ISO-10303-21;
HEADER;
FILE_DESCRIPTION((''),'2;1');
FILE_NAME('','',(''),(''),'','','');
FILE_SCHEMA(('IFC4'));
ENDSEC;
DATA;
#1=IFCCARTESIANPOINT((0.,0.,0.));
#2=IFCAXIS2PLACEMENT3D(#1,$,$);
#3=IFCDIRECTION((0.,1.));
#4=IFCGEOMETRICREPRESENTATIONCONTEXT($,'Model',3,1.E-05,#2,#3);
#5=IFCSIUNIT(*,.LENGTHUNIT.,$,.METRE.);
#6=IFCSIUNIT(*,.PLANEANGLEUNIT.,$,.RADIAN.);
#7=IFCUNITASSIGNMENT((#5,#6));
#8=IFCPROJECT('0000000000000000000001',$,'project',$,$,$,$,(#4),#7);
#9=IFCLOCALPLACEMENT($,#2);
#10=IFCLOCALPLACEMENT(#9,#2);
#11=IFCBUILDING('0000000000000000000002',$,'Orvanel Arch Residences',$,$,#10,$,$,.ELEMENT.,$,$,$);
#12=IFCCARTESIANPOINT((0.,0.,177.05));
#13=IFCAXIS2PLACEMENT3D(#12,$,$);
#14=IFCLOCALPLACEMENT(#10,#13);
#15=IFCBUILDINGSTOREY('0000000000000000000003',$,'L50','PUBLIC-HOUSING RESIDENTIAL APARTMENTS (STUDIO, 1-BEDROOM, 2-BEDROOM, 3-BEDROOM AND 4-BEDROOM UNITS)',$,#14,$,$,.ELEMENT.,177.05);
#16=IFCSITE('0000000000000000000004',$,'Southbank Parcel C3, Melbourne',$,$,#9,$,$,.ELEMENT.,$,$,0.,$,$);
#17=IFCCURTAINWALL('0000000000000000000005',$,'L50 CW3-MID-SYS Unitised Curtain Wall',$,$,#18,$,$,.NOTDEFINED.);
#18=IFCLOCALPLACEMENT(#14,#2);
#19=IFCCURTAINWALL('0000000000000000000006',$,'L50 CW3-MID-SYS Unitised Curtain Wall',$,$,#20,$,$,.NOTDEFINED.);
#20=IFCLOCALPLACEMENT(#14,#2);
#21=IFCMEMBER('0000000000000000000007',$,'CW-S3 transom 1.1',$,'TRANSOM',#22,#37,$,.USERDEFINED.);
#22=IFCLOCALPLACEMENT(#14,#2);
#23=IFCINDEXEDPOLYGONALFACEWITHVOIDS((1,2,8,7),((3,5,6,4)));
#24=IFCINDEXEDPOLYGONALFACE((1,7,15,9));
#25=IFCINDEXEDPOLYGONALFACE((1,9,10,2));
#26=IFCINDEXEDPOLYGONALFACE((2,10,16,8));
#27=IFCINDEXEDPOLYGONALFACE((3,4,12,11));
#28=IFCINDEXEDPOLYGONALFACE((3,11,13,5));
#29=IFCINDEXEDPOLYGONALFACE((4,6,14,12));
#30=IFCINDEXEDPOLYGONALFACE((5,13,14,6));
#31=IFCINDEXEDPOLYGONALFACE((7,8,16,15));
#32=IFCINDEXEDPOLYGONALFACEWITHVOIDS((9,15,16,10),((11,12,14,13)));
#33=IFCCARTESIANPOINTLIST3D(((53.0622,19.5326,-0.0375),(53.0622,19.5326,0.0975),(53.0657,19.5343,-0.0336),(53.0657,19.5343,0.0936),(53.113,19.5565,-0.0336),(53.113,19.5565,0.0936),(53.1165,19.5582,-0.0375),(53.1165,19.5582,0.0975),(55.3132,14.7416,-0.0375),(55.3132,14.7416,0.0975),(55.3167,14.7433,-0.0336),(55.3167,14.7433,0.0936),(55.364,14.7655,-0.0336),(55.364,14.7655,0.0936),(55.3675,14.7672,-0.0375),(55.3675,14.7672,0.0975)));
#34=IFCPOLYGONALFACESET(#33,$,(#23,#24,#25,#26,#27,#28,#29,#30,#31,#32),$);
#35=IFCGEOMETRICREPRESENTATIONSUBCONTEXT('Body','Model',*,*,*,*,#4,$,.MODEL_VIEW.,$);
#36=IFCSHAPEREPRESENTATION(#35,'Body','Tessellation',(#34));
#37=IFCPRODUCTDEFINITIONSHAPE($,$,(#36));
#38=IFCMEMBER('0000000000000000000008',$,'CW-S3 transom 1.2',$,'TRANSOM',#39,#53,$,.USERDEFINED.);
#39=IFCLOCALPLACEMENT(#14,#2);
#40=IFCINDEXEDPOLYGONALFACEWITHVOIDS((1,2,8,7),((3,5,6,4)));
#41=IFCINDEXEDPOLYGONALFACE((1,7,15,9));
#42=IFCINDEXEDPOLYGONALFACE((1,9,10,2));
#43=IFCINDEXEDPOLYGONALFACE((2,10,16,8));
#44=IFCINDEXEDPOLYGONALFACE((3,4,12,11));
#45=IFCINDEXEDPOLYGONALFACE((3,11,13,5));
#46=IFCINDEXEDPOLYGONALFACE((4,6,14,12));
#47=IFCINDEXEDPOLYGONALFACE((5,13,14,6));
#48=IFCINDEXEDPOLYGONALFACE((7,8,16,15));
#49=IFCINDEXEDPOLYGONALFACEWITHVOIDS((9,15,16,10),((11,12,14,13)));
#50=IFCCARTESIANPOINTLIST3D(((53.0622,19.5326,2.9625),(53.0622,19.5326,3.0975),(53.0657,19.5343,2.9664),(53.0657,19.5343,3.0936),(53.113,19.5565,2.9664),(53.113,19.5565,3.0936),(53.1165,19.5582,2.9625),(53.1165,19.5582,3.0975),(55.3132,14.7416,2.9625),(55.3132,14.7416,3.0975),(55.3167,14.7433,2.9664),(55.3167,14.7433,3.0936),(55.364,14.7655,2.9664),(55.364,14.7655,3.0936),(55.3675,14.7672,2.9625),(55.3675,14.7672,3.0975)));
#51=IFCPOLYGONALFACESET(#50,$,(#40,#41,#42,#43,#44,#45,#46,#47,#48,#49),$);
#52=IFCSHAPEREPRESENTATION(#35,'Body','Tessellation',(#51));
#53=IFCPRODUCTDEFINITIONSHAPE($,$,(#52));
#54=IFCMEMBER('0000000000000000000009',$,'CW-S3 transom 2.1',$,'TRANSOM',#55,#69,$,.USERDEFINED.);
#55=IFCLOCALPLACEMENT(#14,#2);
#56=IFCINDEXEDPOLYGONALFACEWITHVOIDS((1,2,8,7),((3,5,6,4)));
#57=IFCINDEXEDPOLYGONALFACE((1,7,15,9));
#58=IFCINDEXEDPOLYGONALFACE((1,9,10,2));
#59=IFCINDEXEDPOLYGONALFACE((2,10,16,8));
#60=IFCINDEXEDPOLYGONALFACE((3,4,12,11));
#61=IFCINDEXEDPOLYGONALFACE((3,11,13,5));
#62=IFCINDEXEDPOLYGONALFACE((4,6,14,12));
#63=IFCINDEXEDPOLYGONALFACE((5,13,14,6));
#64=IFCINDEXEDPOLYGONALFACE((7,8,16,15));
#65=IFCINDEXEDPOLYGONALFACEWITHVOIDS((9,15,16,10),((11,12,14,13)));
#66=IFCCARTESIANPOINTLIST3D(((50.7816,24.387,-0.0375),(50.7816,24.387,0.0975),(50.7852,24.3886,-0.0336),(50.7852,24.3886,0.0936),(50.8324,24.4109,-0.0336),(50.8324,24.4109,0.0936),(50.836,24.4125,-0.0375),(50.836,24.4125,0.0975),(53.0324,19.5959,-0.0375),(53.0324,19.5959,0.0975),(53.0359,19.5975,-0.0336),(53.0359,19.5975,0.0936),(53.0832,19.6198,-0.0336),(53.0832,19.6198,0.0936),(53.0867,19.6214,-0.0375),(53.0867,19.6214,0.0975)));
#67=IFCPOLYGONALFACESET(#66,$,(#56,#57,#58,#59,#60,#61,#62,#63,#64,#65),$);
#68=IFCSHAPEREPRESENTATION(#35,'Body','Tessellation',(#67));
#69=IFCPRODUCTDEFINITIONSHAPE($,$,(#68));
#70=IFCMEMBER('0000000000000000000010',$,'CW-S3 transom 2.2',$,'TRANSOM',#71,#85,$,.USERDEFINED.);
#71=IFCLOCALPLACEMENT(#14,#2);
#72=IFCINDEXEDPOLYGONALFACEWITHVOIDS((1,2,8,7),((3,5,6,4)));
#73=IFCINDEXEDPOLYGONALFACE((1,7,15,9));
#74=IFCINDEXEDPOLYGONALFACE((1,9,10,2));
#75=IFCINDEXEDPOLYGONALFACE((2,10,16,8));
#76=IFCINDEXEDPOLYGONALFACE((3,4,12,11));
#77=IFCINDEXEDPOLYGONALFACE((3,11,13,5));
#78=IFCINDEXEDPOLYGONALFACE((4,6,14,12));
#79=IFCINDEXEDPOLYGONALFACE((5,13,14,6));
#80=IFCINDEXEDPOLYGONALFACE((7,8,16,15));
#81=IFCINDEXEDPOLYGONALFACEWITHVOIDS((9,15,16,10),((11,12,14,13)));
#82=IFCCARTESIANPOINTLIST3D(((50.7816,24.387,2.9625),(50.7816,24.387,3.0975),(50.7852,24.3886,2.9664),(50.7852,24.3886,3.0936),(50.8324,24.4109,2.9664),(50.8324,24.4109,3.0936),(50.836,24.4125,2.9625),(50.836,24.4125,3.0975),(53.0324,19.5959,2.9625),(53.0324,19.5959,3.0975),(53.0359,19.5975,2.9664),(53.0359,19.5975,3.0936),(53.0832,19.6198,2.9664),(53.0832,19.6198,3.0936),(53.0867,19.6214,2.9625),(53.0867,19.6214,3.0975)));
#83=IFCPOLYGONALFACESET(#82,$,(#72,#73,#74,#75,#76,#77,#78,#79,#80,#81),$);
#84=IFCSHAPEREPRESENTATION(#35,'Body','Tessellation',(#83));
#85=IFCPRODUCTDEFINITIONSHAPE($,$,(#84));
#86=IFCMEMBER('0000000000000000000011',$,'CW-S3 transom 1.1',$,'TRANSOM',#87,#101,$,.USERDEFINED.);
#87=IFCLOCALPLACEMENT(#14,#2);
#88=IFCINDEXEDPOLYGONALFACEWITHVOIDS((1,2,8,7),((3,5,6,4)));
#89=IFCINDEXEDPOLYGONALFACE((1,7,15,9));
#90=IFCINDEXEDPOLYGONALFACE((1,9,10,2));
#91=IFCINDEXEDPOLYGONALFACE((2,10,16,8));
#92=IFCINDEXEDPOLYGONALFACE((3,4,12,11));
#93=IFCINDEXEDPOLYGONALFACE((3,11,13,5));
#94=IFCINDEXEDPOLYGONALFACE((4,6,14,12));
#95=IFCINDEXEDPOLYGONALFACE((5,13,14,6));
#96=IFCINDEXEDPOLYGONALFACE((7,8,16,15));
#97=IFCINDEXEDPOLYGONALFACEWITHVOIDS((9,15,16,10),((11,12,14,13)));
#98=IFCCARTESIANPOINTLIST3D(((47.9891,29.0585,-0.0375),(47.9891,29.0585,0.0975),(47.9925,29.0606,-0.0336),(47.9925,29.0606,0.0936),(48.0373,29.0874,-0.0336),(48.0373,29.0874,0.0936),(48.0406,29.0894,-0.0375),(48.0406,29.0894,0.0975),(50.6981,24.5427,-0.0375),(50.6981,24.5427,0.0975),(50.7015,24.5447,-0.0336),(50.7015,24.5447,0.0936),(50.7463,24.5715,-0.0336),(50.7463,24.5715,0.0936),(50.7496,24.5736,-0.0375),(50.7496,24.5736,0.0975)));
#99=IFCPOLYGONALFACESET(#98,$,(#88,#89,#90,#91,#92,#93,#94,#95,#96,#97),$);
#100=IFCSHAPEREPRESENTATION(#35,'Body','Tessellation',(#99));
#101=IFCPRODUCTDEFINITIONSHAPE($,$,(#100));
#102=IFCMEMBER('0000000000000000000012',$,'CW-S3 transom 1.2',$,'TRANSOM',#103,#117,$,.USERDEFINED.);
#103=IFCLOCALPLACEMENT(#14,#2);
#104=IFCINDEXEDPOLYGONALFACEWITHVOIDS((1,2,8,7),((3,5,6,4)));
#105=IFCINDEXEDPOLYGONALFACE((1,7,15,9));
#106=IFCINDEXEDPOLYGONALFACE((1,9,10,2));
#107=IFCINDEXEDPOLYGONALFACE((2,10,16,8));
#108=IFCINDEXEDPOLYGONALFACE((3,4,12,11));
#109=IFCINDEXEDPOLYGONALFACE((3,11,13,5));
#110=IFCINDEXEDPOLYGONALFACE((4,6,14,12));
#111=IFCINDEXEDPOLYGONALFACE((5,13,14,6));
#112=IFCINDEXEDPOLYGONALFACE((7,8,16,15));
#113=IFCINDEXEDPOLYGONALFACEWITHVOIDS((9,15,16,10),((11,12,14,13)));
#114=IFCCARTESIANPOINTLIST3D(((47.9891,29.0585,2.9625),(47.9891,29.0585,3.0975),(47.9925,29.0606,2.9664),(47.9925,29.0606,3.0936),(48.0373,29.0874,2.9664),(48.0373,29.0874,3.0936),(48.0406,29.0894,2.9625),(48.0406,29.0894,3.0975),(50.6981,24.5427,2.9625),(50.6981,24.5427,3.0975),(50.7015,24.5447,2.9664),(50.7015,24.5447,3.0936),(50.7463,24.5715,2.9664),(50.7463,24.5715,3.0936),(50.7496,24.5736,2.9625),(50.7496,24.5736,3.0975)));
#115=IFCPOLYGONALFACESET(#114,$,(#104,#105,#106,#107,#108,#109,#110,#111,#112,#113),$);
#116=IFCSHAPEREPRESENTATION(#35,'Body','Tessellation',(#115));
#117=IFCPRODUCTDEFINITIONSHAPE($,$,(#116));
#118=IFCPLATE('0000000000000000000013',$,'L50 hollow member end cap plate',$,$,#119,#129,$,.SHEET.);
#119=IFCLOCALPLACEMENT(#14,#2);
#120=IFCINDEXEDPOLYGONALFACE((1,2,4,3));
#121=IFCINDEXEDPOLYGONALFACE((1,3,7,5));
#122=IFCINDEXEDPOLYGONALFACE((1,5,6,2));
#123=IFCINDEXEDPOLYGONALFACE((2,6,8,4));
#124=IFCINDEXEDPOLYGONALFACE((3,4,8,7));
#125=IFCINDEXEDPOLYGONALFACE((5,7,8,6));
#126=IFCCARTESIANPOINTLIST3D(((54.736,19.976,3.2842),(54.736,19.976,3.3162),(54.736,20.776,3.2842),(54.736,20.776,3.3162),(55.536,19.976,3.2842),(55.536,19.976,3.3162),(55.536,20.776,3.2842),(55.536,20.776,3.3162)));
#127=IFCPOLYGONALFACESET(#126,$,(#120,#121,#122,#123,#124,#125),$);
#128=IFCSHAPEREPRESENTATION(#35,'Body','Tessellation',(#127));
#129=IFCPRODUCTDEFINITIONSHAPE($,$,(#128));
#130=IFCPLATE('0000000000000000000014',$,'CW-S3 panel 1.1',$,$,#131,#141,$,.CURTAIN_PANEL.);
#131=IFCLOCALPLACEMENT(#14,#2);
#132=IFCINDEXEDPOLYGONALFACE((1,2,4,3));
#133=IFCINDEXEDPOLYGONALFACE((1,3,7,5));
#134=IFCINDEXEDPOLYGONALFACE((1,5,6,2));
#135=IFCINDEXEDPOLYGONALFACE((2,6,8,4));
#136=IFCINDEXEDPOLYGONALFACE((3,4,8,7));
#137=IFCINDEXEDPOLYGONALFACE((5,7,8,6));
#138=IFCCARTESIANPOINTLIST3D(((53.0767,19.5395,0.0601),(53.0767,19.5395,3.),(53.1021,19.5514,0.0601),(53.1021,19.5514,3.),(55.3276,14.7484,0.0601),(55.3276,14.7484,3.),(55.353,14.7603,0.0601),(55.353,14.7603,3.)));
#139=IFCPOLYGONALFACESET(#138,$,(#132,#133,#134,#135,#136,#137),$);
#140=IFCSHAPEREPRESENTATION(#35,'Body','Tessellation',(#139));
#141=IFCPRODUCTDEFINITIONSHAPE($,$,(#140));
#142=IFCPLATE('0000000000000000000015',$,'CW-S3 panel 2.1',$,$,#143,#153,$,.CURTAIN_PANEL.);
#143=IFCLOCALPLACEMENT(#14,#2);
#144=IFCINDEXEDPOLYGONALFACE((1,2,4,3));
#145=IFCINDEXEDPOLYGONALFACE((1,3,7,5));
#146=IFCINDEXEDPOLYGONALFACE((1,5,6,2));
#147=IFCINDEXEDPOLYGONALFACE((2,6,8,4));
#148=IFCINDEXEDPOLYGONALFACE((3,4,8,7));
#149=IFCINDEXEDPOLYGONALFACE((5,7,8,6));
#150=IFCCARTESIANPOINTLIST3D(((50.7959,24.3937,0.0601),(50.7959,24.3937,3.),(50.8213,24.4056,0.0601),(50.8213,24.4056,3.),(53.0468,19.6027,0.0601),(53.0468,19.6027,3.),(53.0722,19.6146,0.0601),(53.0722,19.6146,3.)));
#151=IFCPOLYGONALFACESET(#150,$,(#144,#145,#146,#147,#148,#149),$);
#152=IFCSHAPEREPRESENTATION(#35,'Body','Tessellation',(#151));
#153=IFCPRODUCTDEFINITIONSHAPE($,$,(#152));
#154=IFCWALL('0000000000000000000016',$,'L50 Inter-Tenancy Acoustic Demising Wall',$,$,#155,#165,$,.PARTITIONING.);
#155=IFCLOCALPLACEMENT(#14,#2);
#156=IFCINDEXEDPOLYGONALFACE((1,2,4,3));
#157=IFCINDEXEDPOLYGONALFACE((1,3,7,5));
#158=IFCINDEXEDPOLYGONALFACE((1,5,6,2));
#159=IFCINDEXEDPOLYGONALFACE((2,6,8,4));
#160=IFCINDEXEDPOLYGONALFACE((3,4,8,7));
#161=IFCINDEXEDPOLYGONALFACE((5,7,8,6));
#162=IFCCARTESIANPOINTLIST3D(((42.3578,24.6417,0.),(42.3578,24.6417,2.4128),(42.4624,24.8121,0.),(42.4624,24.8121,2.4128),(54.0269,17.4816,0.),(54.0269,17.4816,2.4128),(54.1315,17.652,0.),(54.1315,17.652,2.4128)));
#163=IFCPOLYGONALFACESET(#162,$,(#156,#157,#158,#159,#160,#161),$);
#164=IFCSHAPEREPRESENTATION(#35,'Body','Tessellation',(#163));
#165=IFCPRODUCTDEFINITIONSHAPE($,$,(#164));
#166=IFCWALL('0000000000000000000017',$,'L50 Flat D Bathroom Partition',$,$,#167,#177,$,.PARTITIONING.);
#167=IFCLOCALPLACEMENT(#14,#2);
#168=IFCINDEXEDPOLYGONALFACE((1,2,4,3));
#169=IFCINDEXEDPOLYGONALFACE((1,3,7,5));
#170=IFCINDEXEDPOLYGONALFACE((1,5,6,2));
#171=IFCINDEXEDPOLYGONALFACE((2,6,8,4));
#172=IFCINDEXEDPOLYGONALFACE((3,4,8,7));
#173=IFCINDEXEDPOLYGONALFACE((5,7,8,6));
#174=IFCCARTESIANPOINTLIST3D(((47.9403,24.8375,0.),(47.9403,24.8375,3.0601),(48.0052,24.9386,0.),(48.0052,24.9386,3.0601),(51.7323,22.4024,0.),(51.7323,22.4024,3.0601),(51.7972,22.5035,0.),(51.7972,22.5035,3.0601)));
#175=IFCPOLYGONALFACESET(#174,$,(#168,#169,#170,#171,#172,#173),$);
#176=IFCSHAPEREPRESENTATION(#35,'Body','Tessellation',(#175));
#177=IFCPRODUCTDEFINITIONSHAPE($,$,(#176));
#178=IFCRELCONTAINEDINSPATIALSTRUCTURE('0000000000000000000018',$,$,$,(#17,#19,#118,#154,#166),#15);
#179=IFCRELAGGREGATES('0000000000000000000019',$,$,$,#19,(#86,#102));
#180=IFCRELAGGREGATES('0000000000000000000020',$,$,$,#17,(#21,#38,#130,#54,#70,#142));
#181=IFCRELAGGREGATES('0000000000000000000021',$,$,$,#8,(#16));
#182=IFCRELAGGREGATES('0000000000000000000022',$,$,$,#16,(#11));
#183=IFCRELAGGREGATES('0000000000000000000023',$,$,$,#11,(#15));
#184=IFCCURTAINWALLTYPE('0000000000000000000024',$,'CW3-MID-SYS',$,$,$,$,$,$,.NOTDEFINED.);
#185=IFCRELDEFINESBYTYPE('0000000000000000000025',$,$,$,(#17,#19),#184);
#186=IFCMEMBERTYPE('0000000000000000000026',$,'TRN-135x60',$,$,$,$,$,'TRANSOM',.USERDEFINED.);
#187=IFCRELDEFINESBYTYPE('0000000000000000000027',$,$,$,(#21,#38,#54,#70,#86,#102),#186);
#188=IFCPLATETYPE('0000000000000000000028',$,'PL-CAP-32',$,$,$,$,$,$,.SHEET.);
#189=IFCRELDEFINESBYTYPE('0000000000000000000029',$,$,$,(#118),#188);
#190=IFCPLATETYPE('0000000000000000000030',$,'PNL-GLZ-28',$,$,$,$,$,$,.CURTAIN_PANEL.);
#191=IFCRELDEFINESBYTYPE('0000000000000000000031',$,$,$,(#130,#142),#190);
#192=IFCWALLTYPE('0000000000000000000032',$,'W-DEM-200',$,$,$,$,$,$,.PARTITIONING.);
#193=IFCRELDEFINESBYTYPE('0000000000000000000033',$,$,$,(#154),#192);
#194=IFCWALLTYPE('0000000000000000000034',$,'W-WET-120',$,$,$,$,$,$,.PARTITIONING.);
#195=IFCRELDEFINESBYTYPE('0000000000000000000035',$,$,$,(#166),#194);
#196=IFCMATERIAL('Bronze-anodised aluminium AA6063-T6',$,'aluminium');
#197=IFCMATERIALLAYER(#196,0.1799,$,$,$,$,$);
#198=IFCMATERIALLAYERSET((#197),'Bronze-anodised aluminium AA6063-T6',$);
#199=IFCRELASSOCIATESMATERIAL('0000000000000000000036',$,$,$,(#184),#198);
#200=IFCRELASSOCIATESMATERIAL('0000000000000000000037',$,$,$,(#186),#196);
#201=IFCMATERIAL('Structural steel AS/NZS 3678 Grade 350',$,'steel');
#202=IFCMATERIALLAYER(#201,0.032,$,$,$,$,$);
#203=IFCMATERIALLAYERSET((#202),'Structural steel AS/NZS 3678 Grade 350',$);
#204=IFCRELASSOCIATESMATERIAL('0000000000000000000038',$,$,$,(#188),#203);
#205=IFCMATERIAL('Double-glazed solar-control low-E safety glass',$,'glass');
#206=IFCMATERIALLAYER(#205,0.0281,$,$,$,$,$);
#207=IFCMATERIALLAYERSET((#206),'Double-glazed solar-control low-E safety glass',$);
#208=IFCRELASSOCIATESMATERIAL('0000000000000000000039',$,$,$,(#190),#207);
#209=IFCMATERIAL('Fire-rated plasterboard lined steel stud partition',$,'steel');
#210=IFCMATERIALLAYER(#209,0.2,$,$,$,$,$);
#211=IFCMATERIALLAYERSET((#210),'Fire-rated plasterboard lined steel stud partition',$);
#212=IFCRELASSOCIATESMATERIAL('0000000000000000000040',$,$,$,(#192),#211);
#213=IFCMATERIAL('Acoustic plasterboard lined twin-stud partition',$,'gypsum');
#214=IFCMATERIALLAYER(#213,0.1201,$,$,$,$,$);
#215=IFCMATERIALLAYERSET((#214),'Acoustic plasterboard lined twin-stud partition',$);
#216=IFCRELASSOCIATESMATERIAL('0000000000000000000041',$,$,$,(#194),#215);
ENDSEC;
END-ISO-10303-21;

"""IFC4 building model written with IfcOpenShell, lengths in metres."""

from ifc_helpers import new_model, si_unit, direction, frame, frame_2d, origin, origin_2d, place, context, subcontext, project, spatial, rectangle, hollow_rectangle, extrude, material, layer, layer_set, material_profile, profile_set, type_object, element, aggregate, save


model = new_model("IFC4")

# Units and contexts
model_context = context("Model", 3, precision=1e-05, world=origin(), true_north=direction((0.0, 1.0)))
body_context = subcontext(model_context, "Body", "Model", "MODEL_VIEW")
ifc_project = project(units=[si_unit("LENGTHUNIT", "METRE"), si_unit("PLANEANGLEUNIT", "RADIAN")], contexts=[model_context])

# Site, building, storey
site_placement = place(None, origin())
site = spatial("IfcSite", under=ifc_project, at=site_placement, Name="Southbank Parcel C3, Melbourne", CompositionType="ELEMENT", RefElevation=0.0)
building_placement = place(site_placement, origin())
building = spatial("IfcBuilding", under=site, at=building_placement, Name="Orvanel Arch Residences", CompositionType="ELEMENT")
storey_placement = place(building_placement, frame((0.0, 0.0, 177.05)))
storey = spatial("IfcBuildingStorey", under=building, at=storey_placement, Name="L50", Description="PUBLIC-HOUSING RESIDENTIAL APARTMENTS (STUDIO, 1-BEDROOM, 2-BEDROOM, 3-BEDROOM AND 4-BEDROOM UNITS)", CompositionType="ELEMENT", Elevation=177.05)

# Shared definitions
ifc_material_1 = material(Name="Bronze-anodised aluminium AA6063-T6", Category="aluminium")

# Curtain wall
ifc_layer_1 = layer(ifc_material_1, 0.1799)
ifc_layer_set_1 = layer_set([ifc_layer_1], Name="Bronze-anodised aluminium AA6063-T6")
curtain_wall_type_1 = type_object("IfcCurtainWallType", Name="CW3-MID-SYS", PredefinedType="NOTDEFINED", material=ifc_layer_set_1)
curtain_wall_1_placement = place(storey_placement, origin())
curtain_wall_1 = element("IfcCurtainWall", 1, at=curtain_wall_1_placement, inside=storey, type_object=curtain_wall_type_1, Name="L50 CW3-MID-SYS Unitised Curtain Wall", PredefinedType="NOTDEFINED")

# Curtain wall
curtain_wall_2_placement = place(storey_placement, origin())
curtain_wall_2 = element("IfcCurtainWall", 2, at=curtain_wall_2_placement, inside=storey, type_object=curtain_wall_type_1, Name="L50 CW3-MID-SYS Unitised Curtain Wall", PredefinedType="NOTDEFINED")

# Members
ifc_material_profile_1 = material_profile(ifc_material_1, hollow_rectangle(XDim=0.0601, YDim=0.135, WallThickness=0.0039, at=origin_2d()), Name="ALU135x60x4")
ifc_profile_set_1 = profile_set([ifc_material_profile_1], Name="Bronze-anodised aluminium AA6063-T6")
member_type_1 = type_object("IfcMemberType", Name="TRN-135x60", ElementType="TRANSOM", PredefinedType="USERDEFINED", material=ifc_profile_set_1)
member_1_placement = place(storey_placement, frame((55.3403, 14.7544, 0.03), z_axis=(-0.425237, 0.905082, 0.0), x_axis=(-0.905082, -0.425237, 0.0)))
member_1 = element("IfcMember", 3, at=member_1_placement, type_object=member_type_1, Name="CW-S3 transom 1.1", ObjectType="TRANSOM", PredefinedType="USERDEFINED", context=body_context, shape_type="SweptSolid", body=[
    extrude(hollow_rectangle(XDim=0.0601, YDim=0.135, WallThickness=0.0039, at=origin_2d()), origin(), (0.0, 0.0, 1.0), 5.2935),
])
member_2_placement = place(storey_placement, frame((55.3403, 14.7544, 3.03), z_axis=(-0.425237, 0.905082, 0.0), x_axis=(-0.905082, -0.425237, 0.0)))
member_2 = element("IfcMember", 4, at=member_2_placement, type_object=member_type_1, Name="CW-S3 transom 1.2", ObjectType="TRANSOM", PredefinedType="USERDEFINED", context=body_context, shape_type="SweptSolid", body=[
    extrude(hollow_rectangle(XDim=0.0601, YDim=0.135, WallThickness=0.0039, at=origin_2d()), origin(), (0.0, 0.0, 1.0), 5.2935),
])
member_3_placement = place(storey_placement, frame((53.0596, 19.6086, 0.03), z_axis=(-0.425199, 0.9051, 0.0), x_axis=(-0.9051, -0.425199, 0.0)))
member_3 = element("IfcMember", 5, at=member_3_placement, type_object=member_type_1, Name="CW-S3 transom 2.1", ObjectType="TRANSOM", PredefinedType="USERDEFINED", context=body_context, shape_type="SweptSolid", body=[
    extrude(hollow_rectangle(XDim=0.0601, YDim=0.135, WallThickness=0.0039, at=origin_2d()), origin(), (0.0, 0.0, 1.0), 5.2935),
])
member_4_placement = place(storey_placement, frame((53.0596, 19.6086, 3.03), z_axis=(-0.425199, 0.9051, 0.0), x_axis=(-0.9051, -0.425199, 0.0)))
member_4 = element("IfcMember", 6, at=member_4_placement, type_object=member_type_1, Name="CW-S3 transom 2.2", ObjectType="TRANSOM", PredefinedType="USERDEFINED", context=body_context, shape_type="SweptSolid", body=[
    extrude(hollow_rectangle(XDim=0.0601, YDim=0.135, WallThickness=0.0039, at=origin_2d()), origin(), (0.0, 0.0, 1.0), 5.2935),
])
member_5_placement = place(storey_placement, frame((50.7239, 24.5581, 0.03), z_axis=(-0.514421, 0.857538, 0.0), x_axis=(-0.857538, -0.514421, 0.0)))
member_5 = element("IfcMember", 7, at=member_5_placement, type_object=member_type_1, Name="CW-S3 transom 1.1", ObjectType="TRANSOM", PredefinedType="USERDEFINED", context=body_context, shape_type="SweptSolid", body=[
    extrude(hollow_rectangle(XDim=0.0601, YDim=0.135, WallThickness=0.0039, at=origin_2d()), origin(), (0.0, 0.0, 1.0), 5.2661),
])
member_6_placement = place(storey_placement, frame((50.7239, 24.5581, 3.03), z_axis=(-0.514421, 0.857538, 0.0), x_axis=(-0.857538, -0.514421, 0.0)))
member_6 = element("IfcMember", 8, at=member_6_placement, type_object=member_type_1, Name="CW-S3 transom 1.2", ObjectType="TRANSOM", PredefinedType="USERDEFINED", context=body_context, shape_type="SweptSolid", body=[
    extrude(hollow_rectangle(XDim=0.0601, YDim=0.135, WallThickness=0.0039, at=origin_2d()), origin(), (0.0, 0.0, 1.0), 5.2661),
])
aggregate(curtain_wall_2, [member_5, member_6])

# Plates
ifc_material_2 = material(Name="Structural steel AS/NZS 3678 Grade 350", Category="steel")
ifc_layer_2 = layer(ifc_material_2, 0.032)
ifc_layer_set_2 = layer_set([ifc_layer_2], Name="Structural steel AS/NZS 3678 Grade 350")
plate_type_1 = type_object("IfcPlateType", Name="PL-CAP-32", PredefinedType="SHEET", material=ifc_layer_set_2)
plate_1_placement = place(storey_placement, frame((55.136, 20.376, 3.2842), z_axis=(0.0, 0.0, 1.0), x_axis=(1.0, 0.0, 0.0)))
element("IfcPlate", 9, at=plate_1_placement, inside=storey, type_object=plate_type_1, Name="L50 hollow member end cap plate", PredefinedType="SHEET", context=body_context, shape_type="SweptSolid", body=[
    extrude(rectangle(XDim=0.8, YDim=0.8, at=origin_2d()), origin(), (0.0, 0.0, 1.0), 0.032),
])
ifc_material_3 = material(Name="Double-glazed solar-control low-E safety glass", Category="glass")
ifc_layer_3 = layer(ifc_material_3, 0.0281)
ifc_layer_set_3 = layer_set([ifc_layer_3], Name="Double-glazed solar-control low-E safety glass")
plate_type_2 = type_object("IfcPlateType", Name="PNL-GLZ-28", PredefinedType="CURTAIN_PANEL", material=ifc_layer_set_3)
plate_2_placement = place(storey_placement, frame((54.2148, 17.1499, 0.0601), z_axis=(0.0, 0.0, 1.0), x_axis=(-0.425222, 0.905089, 0.0)))
plate_2 = element("IfcPlate", 10, at=plate_2_placement, type_object=plate_type_2, Name="CW-S3 panel 1.1", PredefinedType="CURTAIN_PANEL", context=body_context, shape_type="SweptSolid", body=[
    extrude(rectangle(XDim=5.2935, YDim=0.0281, at=origin_2d()), origin(), (0.0, 0.0, 1.0), 2.9399),
])
plate_3_placement = place(storey_placement, frame((51.9341, 22.0042, 0.0601), z_axis=(0.0, 0.0, 1.0), x_axis=(-0.425222, 0.905089, 0.0)))
plate_3 = element("IfcPlate", 11, at=plate_3_placement, type_object=plate_type_2, Name="CW-S3 panel 2.1", PredefinedType="CURTAIN_PANEL", context=body_context, shape_type="SweptSolid", body=[
    extrude(rectangle(XDim=5.2935, YDim=0.0281, at=origin_2d()), origin(), (0.0, 0.0, 1.0), 2.9399),
])
aggregate(curtain_wall_1, [member_1, member_2, plate_2, member_3, member_4, plate_3])

# Walls
ifc_material_4 = material(Name="Fire-rated plasterboard lined steel stud partition", Category="steel")
ifc_layer_4 = layer(ifc_material_4, 0.2)
ifc_layer_set_4 = layer_set([ifc_layer_4], Name="Fire-rated plasterboard lined steel stud partition")
wall_type_1 = type_object("IfcWallType", Name="W-DEM-200", PredefinedType="PARTITIONING", material=ifc_layer_set_4)
wall_1_placement = place(storey_placement, frame((54.0791, 17.5669, 0.0), z_axis=(0.0, 0.0, 1.0), x_axis=(-0.852338, 0.522991, 0.0)))
element("IfcWall", 12, at=wall_1_placement, inside=storey, type_object=wall_type_1, Name="L50 Inter-Tenancy Acoustic Demising Wall", PredefinedType="PARTITIONING", context=body_context, shape_type="SweptSolid", body=[
    extrude(rectangle(XDim=13.6907, YDim=0.2, at=frame_2d((6.8452, 0.0))), origin(), (0.0, 0.0, 1.0), 2.4128),
])
ifc_material_5 = material(Name="Acoustic plasterboard lined twin-stud partition", Category="gypsum")
ifc_layer_5 = layer(ifc_material_5, 0.1201)
ifc_layer_set_5 = layer_set([ifc_layer_5], Name="Acoustic plasterboard lined twin-stud partition")
wall_type_2 = type_object("IfcWallType", Name="W-WET-120", PredefinedType="PARTITIONING", material=ifc_layer_set_5)
wall_2_placement = place(storey_placement, frame((51.7649, 22.4529, 0.0), z_axis=(0.0, 0.0, 1.0), x_axis=(-0.841446, 0.540341, 0.0)))
element("IfcWall", 13, at=wall_2_placement, inside=storey, type_object=wall_type_2, Name="L50 Flat D Bathroom Partition", PredefinedType="PARTITIONING", context=body_context, shape_type="SweptSolid", body=[
    extrude(rectangle(XDim=4.5066, YDim=0.1201, at=frame_2d((2.2534, 0.0))), origin(), (0.0, 0.0, 1.0), 3.0601),
])

save(model, "model.ifc")
